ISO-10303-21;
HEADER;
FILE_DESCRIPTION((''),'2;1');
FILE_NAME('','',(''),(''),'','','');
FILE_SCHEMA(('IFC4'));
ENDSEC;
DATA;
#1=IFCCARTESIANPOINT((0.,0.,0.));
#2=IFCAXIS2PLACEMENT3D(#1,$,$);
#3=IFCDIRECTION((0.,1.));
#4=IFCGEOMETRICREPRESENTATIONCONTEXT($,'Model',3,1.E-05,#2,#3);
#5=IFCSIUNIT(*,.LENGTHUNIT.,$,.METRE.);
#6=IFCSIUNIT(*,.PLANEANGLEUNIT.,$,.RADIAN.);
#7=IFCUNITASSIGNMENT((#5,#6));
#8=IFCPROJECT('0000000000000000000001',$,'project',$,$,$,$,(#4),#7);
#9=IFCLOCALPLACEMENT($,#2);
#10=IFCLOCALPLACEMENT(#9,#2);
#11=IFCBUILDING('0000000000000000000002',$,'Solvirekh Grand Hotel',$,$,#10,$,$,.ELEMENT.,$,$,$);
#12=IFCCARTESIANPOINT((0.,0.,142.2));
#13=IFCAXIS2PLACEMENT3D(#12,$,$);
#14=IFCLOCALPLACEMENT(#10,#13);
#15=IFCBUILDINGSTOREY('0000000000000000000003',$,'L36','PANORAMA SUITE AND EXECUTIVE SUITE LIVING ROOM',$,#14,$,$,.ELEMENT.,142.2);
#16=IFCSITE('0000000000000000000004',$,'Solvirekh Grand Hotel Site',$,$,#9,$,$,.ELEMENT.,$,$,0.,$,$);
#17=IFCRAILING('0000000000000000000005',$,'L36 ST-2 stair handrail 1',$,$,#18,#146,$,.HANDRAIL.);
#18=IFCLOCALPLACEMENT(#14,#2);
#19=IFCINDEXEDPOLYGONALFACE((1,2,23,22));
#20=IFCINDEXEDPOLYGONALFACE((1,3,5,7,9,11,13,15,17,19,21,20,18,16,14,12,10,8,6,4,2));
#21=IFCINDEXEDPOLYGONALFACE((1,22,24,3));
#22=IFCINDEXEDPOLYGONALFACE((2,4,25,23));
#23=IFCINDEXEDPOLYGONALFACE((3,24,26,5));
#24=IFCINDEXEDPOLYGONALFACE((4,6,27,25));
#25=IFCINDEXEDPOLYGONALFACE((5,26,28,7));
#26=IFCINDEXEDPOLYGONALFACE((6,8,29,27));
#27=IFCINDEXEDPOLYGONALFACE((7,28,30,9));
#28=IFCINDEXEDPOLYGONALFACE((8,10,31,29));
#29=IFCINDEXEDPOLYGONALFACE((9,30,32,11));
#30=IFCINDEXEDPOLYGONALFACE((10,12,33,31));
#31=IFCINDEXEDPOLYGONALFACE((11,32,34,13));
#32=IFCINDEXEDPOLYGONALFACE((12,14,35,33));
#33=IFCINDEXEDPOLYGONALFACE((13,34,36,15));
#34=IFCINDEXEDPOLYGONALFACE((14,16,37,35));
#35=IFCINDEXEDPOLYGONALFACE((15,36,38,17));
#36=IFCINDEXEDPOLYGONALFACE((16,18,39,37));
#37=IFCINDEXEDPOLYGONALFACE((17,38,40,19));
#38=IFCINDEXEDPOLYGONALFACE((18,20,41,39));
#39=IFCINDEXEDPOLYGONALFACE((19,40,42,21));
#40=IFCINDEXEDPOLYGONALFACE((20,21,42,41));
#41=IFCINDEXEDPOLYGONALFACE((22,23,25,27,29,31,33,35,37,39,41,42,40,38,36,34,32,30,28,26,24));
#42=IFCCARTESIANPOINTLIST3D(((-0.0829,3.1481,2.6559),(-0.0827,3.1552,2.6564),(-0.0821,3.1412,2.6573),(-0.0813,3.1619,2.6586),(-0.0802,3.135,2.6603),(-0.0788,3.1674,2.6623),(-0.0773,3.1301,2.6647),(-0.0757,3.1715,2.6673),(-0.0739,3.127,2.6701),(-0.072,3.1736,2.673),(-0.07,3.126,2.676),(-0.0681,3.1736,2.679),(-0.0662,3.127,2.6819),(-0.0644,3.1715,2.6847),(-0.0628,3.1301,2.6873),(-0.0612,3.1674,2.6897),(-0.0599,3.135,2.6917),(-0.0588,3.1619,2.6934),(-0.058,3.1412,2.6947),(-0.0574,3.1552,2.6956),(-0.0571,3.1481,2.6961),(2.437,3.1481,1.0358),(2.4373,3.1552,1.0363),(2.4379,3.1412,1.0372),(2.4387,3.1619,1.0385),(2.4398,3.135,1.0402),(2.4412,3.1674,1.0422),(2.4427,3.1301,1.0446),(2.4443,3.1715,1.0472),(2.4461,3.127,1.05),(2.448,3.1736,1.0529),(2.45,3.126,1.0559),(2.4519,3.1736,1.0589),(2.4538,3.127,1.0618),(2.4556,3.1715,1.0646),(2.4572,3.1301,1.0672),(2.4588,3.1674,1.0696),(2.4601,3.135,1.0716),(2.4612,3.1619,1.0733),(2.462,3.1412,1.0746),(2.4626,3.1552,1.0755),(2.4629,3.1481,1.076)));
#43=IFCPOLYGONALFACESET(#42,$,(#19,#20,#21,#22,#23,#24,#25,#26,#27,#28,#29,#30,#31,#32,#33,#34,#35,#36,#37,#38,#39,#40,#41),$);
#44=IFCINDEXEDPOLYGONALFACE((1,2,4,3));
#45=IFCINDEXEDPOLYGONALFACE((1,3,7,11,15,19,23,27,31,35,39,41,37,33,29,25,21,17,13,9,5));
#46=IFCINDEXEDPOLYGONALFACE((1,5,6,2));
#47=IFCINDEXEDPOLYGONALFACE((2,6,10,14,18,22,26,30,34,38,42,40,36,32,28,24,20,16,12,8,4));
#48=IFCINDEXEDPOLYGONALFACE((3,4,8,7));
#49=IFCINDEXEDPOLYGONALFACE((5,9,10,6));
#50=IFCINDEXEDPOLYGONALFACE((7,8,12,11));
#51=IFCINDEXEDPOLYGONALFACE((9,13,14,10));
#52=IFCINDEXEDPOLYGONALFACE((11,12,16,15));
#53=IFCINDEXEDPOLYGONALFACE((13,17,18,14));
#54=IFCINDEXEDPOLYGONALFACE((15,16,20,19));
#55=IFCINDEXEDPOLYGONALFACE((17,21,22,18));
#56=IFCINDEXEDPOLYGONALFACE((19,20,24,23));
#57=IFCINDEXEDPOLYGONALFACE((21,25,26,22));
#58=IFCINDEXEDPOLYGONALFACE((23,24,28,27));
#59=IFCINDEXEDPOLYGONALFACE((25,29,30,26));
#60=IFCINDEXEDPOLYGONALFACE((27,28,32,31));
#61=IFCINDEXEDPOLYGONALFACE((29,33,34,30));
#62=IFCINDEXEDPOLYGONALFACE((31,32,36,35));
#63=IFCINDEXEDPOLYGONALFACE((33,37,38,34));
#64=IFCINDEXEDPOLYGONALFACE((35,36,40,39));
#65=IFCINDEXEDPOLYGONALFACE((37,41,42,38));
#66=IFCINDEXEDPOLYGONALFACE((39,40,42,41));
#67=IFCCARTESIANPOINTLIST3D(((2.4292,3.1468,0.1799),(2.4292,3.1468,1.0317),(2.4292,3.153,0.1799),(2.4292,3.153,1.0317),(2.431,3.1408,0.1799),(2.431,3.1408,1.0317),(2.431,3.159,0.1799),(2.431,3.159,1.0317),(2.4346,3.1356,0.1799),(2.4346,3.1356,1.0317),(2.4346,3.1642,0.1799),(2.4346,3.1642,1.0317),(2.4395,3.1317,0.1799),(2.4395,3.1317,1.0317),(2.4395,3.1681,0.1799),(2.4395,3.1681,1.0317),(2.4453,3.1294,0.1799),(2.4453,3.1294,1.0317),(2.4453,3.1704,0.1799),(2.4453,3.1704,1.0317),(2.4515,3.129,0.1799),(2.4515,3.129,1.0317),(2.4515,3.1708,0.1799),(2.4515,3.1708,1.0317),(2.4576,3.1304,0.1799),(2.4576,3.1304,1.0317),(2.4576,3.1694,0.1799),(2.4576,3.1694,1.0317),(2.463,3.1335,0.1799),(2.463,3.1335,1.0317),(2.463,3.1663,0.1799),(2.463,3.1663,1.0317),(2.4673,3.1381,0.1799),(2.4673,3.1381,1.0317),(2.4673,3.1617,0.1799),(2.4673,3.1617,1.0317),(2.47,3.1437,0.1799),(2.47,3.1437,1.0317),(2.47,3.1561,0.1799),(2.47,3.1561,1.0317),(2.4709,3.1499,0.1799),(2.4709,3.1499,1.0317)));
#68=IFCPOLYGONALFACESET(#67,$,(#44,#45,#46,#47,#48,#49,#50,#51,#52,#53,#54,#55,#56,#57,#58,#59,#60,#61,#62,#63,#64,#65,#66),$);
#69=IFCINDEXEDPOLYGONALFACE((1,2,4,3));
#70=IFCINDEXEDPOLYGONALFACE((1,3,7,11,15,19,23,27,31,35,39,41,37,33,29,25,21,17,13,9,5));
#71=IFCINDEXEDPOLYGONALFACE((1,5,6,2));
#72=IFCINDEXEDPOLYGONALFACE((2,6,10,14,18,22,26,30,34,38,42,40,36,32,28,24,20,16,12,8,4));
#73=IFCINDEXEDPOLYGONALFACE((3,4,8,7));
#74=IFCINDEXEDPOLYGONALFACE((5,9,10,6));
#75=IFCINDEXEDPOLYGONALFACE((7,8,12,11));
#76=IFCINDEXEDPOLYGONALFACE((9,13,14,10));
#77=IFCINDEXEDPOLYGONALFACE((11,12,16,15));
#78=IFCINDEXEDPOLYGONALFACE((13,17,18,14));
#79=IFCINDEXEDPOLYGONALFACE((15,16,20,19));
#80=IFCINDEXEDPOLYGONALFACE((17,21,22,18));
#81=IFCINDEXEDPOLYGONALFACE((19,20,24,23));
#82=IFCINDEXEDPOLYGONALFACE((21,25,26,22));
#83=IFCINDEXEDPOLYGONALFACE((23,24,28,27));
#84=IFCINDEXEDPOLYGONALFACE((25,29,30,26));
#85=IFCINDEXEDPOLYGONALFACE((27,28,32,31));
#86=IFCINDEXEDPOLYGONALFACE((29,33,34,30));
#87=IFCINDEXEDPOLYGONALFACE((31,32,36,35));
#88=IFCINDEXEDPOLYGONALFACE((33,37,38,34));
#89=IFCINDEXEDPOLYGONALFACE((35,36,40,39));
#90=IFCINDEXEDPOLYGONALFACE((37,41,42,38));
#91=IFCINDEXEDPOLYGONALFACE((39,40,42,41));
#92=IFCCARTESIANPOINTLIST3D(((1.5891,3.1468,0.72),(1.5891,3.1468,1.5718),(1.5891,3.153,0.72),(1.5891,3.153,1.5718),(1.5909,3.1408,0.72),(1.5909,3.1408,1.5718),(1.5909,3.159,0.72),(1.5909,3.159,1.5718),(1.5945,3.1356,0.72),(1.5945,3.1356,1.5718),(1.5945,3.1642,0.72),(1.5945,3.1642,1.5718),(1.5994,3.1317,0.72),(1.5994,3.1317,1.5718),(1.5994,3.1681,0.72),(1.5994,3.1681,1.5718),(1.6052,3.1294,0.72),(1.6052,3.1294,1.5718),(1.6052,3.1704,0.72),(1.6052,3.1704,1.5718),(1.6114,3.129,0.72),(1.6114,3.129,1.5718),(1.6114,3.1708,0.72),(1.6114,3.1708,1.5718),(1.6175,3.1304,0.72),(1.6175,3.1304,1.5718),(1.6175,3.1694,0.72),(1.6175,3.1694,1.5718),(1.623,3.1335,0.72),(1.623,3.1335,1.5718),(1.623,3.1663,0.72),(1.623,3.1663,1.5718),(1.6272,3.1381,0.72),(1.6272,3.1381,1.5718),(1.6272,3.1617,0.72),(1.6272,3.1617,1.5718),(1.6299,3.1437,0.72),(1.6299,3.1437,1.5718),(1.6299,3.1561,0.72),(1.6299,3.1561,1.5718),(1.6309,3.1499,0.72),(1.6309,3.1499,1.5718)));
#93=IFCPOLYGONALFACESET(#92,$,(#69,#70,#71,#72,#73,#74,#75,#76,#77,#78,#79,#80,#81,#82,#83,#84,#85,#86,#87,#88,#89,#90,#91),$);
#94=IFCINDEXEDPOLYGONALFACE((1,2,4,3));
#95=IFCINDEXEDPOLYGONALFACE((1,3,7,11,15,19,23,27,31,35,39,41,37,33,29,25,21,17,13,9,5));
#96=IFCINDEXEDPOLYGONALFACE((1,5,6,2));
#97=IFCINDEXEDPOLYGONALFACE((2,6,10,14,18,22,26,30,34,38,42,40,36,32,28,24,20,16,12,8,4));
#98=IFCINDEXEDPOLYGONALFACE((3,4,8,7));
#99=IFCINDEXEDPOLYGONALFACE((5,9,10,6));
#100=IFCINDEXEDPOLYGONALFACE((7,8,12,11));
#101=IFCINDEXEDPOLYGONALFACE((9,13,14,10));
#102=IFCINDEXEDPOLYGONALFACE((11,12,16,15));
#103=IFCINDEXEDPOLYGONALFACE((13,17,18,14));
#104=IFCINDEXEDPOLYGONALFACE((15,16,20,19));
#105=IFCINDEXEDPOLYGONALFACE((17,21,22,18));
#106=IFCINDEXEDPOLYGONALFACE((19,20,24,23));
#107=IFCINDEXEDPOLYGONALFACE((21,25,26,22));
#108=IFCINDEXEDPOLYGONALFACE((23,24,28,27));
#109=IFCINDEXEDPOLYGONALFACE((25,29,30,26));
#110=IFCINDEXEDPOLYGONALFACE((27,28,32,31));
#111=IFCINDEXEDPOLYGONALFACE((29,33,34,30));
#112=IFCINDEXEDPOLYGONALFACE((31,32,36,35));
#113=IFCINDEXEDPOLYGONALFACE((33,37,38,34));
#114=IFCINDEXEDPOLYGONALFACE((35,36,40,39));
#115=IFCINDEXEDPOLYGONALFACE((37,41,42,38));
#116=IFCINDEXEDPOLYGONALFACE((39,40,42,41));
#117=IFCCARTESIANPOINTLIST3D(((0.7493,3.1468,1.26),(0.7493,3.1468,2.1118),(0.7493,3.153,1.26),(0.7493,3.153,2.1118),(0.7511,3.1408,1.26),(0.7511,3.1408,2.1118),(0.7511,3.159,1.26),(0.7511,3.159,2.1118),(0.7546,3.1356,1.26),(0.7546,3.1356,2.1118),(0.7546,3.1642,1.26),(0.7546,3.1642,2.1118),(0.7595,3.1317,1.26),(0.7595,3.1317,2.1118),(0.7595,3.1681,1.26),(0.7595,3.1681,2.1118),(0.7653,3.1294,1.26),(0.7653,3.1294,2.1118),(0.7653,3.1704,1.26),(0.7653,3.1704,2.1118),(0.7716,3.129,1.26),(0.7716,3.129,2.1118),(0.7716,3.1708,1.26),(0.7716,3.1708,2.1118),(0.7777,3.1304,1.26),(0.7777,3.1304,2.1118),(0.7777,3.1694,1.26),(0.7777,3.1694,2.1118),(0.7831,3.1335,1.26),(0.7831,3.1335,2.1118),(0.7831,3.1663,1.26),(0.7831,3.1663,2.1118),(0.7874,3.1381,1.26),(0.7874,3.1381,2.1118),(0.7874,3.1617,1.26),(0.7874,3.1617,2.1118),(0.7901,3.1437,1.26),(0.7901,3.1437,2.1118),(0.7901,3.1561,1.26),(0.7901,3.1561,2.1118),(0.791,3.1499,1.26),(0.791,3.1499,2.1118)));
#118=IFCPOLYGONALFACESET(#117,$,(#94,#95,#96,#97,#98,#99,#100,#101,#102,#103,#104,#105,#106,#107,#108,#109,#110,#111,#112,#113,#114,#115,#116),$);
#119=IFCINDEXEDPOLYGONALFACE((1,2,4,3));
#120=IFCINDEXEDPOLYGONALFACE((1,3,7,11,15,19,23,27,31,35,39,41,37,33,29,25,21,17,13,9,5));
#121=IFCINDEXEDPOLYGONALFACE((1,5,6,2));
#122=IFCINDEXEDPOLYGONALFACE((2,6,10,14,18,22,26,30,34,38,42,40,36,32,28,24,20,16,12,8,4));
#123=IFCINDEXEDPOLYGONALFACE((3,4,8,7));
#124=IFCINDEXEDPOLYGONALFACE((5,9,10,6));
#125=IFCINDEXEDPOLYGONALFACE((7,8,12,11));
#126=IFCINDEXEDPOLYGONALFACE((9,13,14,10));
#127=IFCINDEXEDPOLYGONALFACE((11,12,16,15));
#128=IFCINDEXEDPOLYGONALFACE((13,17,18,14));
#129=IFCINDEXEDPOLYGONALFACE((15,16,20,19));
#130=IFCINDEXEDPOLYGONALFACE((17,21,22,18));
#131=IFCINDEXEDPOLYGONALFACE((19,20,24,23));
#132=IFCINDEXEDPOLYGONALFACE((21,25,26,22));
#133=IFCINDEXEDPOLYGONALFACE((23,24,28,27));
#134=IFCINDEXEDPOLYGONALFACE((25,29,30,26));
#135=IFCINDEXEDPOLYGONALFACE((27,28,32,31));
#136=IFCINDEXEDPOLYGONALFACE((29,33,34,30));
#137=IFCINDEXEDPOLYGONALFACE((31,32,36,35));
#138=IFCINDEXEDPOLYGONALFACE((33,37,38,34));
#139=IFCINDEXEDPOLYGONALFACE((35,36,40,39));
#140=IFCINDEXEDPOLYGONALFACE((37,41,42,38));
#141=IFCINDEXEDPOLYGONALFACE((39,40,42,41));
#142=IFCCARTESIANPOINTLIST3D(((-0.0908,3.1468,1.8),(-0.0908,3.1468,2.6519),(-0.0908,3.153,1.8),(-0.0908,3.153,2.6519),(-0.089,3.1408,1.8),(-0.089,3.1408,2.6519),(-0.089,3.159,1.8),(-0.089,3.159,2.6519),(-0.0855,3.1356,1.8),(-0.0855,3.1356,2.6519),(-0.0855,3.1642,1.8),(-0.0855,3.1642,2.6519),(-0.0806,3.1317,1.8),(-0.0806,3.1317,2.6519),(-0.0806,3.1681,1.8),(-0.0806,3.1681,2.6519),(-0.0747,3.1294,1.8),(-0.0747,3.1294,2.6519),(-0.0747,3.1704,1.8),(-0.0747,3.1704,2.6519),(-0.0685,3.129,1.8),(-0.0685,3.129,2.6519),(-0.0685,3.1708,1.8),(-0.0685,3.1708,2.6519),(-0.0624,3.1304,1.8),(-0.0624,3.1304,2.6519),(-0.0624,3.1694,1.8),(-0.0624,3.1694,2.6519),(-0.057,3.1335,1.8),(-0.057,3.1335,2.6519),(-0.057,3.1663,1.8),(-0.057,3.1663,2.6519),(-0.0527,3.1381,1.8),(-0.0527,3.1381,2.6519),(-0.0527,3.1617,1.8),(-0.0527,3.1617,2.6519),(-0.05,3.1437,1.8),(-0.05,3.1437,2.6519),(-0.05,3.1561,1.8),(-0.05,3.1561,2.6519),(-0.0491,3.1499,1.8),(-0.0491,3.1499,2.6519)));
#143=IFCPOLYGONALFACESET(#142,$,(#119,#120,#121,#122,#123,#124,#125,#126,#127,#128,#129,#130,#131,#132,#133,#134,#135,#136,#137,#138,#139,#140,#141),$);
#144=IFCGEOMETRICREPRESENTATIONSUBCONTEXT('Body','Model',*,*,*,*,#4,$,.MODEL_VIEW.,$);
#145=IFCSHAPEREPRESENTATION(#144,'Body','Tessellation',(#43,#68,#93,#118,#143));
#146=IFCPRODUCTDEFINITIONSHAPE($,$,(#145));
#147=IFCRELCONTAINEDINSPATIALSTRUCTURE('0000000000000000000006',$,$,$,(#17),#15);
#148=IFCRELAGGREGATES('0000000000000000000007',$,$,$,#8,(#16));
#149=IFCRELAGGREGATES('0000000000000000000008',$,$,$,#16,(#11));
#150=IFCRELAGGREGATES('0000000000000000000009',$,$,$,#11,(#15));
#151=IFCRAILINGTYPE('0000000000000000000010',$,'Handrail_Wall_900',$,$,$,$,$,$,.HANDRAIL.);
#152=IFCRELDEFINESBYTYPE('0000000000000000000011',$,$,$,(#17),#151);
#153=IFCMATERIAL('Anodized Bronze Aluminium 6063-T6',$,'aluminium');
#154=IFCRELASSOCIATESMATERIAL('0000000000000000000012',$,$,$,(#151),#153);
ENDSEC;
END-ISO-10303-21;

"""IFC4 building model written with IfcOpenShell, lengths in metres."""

from ifc_helpers import new_model, si_unit, direction, frame, origin, origin_2d, place, context, subcontext, project, spatial, circle, extrude, material, type_object, element, save


model = new_model("IFC4")

# Units and contexts
model_context = context("Model", 3, precision=1e-05, world=origin(), true_north=direction((0.0, 1.0)))
body_context = subcontext(model_context, "Body", "Model", "MODEL_VIEW")
ifc_project = project(units=[si_unit("LENGTHUNIT", "METRE"), si_unit("PLANEANGLEUNIT", "RADIAN")], contexts=[model_context])

# Site, building, storey
site_placement = place(None, origin())
site = spatial("IfcSite", under=ifc_project, at=site_placement, Name="Solvirekh Grand Hotel Site", CompositionType="ELEMENT", RefElevation=0.0)
building_placement = place(site_placement, origin())
building = spatial("IfcBuilding", under=site, at=building_placement, Name="Solvirekh Grand Hotel", CompositionType="ELEMENT")
storey_placement = place(building_placement, frame((0.0, 0.0, 142.2)))
storey = spatial("IfcBuildingStorey", under=building, at=storey_placement, Name="L36", Description="PANORAMA SUITE AND EXECUTIVE SUITE LIVING ROOM", CompositionType="ELEMENT", Elevation=142.2)

# Shared definitions
ifc_material_1 = material(Name="Anodized Bronze Aluminium 6063-T6", Category="aluminium")

# Railing
railing_type_1 = type_object("IfcRailingType", Name="Handrail_Wall_900", PredefinedType="HANDRAIL", material=ifc_material_1)
for number, where, name in (
    (1, (2.45, 3.1499, 0.1799), "L36 ST-2 stair handrail 1"),
):
    element("IfcRailing", number, at=place(storey_placement, frame(where)), inside=storey, type_object=railing_type_1, Name=name, PredefinedType="HANDRAIL", context=body_context, shape_type="SweptSolid", body=[
        extrude(circle(Radius=0.0239, at=origin_2d()), frame((0.0, 0.0, 0.876), z_axis=(-0.841163, 0.0, 0.540782), x_axis=(0.0, -1.0, 0.0)), (0.0, 0.0, 1.0), 2.9958),
        extrude(circle(Radius=0.021, at=origin_2d()), origin(), (0.0, 0.0, 1.0), 0.8518),
        extrude(circle(Radius=0.021, at=origin_2d()), frame((-0.8401, 0.0, 0.54)), (0.0, 0.0, 1.0), 0.8518),
        extrude(circle(Radius=0.021, at=origin_2d()), frame((-1.6799, 0.0, 1.0801)), (0.0, 0.0, 1.0), 0.8518),
        extrude(circle(Radius=0.021, at=origin_2d()), frame((-2.52, 0.0, 1.6201)), (0.0, 0.0, 1.0), 0.8518),
    ])

save(model, "model.ifc")
